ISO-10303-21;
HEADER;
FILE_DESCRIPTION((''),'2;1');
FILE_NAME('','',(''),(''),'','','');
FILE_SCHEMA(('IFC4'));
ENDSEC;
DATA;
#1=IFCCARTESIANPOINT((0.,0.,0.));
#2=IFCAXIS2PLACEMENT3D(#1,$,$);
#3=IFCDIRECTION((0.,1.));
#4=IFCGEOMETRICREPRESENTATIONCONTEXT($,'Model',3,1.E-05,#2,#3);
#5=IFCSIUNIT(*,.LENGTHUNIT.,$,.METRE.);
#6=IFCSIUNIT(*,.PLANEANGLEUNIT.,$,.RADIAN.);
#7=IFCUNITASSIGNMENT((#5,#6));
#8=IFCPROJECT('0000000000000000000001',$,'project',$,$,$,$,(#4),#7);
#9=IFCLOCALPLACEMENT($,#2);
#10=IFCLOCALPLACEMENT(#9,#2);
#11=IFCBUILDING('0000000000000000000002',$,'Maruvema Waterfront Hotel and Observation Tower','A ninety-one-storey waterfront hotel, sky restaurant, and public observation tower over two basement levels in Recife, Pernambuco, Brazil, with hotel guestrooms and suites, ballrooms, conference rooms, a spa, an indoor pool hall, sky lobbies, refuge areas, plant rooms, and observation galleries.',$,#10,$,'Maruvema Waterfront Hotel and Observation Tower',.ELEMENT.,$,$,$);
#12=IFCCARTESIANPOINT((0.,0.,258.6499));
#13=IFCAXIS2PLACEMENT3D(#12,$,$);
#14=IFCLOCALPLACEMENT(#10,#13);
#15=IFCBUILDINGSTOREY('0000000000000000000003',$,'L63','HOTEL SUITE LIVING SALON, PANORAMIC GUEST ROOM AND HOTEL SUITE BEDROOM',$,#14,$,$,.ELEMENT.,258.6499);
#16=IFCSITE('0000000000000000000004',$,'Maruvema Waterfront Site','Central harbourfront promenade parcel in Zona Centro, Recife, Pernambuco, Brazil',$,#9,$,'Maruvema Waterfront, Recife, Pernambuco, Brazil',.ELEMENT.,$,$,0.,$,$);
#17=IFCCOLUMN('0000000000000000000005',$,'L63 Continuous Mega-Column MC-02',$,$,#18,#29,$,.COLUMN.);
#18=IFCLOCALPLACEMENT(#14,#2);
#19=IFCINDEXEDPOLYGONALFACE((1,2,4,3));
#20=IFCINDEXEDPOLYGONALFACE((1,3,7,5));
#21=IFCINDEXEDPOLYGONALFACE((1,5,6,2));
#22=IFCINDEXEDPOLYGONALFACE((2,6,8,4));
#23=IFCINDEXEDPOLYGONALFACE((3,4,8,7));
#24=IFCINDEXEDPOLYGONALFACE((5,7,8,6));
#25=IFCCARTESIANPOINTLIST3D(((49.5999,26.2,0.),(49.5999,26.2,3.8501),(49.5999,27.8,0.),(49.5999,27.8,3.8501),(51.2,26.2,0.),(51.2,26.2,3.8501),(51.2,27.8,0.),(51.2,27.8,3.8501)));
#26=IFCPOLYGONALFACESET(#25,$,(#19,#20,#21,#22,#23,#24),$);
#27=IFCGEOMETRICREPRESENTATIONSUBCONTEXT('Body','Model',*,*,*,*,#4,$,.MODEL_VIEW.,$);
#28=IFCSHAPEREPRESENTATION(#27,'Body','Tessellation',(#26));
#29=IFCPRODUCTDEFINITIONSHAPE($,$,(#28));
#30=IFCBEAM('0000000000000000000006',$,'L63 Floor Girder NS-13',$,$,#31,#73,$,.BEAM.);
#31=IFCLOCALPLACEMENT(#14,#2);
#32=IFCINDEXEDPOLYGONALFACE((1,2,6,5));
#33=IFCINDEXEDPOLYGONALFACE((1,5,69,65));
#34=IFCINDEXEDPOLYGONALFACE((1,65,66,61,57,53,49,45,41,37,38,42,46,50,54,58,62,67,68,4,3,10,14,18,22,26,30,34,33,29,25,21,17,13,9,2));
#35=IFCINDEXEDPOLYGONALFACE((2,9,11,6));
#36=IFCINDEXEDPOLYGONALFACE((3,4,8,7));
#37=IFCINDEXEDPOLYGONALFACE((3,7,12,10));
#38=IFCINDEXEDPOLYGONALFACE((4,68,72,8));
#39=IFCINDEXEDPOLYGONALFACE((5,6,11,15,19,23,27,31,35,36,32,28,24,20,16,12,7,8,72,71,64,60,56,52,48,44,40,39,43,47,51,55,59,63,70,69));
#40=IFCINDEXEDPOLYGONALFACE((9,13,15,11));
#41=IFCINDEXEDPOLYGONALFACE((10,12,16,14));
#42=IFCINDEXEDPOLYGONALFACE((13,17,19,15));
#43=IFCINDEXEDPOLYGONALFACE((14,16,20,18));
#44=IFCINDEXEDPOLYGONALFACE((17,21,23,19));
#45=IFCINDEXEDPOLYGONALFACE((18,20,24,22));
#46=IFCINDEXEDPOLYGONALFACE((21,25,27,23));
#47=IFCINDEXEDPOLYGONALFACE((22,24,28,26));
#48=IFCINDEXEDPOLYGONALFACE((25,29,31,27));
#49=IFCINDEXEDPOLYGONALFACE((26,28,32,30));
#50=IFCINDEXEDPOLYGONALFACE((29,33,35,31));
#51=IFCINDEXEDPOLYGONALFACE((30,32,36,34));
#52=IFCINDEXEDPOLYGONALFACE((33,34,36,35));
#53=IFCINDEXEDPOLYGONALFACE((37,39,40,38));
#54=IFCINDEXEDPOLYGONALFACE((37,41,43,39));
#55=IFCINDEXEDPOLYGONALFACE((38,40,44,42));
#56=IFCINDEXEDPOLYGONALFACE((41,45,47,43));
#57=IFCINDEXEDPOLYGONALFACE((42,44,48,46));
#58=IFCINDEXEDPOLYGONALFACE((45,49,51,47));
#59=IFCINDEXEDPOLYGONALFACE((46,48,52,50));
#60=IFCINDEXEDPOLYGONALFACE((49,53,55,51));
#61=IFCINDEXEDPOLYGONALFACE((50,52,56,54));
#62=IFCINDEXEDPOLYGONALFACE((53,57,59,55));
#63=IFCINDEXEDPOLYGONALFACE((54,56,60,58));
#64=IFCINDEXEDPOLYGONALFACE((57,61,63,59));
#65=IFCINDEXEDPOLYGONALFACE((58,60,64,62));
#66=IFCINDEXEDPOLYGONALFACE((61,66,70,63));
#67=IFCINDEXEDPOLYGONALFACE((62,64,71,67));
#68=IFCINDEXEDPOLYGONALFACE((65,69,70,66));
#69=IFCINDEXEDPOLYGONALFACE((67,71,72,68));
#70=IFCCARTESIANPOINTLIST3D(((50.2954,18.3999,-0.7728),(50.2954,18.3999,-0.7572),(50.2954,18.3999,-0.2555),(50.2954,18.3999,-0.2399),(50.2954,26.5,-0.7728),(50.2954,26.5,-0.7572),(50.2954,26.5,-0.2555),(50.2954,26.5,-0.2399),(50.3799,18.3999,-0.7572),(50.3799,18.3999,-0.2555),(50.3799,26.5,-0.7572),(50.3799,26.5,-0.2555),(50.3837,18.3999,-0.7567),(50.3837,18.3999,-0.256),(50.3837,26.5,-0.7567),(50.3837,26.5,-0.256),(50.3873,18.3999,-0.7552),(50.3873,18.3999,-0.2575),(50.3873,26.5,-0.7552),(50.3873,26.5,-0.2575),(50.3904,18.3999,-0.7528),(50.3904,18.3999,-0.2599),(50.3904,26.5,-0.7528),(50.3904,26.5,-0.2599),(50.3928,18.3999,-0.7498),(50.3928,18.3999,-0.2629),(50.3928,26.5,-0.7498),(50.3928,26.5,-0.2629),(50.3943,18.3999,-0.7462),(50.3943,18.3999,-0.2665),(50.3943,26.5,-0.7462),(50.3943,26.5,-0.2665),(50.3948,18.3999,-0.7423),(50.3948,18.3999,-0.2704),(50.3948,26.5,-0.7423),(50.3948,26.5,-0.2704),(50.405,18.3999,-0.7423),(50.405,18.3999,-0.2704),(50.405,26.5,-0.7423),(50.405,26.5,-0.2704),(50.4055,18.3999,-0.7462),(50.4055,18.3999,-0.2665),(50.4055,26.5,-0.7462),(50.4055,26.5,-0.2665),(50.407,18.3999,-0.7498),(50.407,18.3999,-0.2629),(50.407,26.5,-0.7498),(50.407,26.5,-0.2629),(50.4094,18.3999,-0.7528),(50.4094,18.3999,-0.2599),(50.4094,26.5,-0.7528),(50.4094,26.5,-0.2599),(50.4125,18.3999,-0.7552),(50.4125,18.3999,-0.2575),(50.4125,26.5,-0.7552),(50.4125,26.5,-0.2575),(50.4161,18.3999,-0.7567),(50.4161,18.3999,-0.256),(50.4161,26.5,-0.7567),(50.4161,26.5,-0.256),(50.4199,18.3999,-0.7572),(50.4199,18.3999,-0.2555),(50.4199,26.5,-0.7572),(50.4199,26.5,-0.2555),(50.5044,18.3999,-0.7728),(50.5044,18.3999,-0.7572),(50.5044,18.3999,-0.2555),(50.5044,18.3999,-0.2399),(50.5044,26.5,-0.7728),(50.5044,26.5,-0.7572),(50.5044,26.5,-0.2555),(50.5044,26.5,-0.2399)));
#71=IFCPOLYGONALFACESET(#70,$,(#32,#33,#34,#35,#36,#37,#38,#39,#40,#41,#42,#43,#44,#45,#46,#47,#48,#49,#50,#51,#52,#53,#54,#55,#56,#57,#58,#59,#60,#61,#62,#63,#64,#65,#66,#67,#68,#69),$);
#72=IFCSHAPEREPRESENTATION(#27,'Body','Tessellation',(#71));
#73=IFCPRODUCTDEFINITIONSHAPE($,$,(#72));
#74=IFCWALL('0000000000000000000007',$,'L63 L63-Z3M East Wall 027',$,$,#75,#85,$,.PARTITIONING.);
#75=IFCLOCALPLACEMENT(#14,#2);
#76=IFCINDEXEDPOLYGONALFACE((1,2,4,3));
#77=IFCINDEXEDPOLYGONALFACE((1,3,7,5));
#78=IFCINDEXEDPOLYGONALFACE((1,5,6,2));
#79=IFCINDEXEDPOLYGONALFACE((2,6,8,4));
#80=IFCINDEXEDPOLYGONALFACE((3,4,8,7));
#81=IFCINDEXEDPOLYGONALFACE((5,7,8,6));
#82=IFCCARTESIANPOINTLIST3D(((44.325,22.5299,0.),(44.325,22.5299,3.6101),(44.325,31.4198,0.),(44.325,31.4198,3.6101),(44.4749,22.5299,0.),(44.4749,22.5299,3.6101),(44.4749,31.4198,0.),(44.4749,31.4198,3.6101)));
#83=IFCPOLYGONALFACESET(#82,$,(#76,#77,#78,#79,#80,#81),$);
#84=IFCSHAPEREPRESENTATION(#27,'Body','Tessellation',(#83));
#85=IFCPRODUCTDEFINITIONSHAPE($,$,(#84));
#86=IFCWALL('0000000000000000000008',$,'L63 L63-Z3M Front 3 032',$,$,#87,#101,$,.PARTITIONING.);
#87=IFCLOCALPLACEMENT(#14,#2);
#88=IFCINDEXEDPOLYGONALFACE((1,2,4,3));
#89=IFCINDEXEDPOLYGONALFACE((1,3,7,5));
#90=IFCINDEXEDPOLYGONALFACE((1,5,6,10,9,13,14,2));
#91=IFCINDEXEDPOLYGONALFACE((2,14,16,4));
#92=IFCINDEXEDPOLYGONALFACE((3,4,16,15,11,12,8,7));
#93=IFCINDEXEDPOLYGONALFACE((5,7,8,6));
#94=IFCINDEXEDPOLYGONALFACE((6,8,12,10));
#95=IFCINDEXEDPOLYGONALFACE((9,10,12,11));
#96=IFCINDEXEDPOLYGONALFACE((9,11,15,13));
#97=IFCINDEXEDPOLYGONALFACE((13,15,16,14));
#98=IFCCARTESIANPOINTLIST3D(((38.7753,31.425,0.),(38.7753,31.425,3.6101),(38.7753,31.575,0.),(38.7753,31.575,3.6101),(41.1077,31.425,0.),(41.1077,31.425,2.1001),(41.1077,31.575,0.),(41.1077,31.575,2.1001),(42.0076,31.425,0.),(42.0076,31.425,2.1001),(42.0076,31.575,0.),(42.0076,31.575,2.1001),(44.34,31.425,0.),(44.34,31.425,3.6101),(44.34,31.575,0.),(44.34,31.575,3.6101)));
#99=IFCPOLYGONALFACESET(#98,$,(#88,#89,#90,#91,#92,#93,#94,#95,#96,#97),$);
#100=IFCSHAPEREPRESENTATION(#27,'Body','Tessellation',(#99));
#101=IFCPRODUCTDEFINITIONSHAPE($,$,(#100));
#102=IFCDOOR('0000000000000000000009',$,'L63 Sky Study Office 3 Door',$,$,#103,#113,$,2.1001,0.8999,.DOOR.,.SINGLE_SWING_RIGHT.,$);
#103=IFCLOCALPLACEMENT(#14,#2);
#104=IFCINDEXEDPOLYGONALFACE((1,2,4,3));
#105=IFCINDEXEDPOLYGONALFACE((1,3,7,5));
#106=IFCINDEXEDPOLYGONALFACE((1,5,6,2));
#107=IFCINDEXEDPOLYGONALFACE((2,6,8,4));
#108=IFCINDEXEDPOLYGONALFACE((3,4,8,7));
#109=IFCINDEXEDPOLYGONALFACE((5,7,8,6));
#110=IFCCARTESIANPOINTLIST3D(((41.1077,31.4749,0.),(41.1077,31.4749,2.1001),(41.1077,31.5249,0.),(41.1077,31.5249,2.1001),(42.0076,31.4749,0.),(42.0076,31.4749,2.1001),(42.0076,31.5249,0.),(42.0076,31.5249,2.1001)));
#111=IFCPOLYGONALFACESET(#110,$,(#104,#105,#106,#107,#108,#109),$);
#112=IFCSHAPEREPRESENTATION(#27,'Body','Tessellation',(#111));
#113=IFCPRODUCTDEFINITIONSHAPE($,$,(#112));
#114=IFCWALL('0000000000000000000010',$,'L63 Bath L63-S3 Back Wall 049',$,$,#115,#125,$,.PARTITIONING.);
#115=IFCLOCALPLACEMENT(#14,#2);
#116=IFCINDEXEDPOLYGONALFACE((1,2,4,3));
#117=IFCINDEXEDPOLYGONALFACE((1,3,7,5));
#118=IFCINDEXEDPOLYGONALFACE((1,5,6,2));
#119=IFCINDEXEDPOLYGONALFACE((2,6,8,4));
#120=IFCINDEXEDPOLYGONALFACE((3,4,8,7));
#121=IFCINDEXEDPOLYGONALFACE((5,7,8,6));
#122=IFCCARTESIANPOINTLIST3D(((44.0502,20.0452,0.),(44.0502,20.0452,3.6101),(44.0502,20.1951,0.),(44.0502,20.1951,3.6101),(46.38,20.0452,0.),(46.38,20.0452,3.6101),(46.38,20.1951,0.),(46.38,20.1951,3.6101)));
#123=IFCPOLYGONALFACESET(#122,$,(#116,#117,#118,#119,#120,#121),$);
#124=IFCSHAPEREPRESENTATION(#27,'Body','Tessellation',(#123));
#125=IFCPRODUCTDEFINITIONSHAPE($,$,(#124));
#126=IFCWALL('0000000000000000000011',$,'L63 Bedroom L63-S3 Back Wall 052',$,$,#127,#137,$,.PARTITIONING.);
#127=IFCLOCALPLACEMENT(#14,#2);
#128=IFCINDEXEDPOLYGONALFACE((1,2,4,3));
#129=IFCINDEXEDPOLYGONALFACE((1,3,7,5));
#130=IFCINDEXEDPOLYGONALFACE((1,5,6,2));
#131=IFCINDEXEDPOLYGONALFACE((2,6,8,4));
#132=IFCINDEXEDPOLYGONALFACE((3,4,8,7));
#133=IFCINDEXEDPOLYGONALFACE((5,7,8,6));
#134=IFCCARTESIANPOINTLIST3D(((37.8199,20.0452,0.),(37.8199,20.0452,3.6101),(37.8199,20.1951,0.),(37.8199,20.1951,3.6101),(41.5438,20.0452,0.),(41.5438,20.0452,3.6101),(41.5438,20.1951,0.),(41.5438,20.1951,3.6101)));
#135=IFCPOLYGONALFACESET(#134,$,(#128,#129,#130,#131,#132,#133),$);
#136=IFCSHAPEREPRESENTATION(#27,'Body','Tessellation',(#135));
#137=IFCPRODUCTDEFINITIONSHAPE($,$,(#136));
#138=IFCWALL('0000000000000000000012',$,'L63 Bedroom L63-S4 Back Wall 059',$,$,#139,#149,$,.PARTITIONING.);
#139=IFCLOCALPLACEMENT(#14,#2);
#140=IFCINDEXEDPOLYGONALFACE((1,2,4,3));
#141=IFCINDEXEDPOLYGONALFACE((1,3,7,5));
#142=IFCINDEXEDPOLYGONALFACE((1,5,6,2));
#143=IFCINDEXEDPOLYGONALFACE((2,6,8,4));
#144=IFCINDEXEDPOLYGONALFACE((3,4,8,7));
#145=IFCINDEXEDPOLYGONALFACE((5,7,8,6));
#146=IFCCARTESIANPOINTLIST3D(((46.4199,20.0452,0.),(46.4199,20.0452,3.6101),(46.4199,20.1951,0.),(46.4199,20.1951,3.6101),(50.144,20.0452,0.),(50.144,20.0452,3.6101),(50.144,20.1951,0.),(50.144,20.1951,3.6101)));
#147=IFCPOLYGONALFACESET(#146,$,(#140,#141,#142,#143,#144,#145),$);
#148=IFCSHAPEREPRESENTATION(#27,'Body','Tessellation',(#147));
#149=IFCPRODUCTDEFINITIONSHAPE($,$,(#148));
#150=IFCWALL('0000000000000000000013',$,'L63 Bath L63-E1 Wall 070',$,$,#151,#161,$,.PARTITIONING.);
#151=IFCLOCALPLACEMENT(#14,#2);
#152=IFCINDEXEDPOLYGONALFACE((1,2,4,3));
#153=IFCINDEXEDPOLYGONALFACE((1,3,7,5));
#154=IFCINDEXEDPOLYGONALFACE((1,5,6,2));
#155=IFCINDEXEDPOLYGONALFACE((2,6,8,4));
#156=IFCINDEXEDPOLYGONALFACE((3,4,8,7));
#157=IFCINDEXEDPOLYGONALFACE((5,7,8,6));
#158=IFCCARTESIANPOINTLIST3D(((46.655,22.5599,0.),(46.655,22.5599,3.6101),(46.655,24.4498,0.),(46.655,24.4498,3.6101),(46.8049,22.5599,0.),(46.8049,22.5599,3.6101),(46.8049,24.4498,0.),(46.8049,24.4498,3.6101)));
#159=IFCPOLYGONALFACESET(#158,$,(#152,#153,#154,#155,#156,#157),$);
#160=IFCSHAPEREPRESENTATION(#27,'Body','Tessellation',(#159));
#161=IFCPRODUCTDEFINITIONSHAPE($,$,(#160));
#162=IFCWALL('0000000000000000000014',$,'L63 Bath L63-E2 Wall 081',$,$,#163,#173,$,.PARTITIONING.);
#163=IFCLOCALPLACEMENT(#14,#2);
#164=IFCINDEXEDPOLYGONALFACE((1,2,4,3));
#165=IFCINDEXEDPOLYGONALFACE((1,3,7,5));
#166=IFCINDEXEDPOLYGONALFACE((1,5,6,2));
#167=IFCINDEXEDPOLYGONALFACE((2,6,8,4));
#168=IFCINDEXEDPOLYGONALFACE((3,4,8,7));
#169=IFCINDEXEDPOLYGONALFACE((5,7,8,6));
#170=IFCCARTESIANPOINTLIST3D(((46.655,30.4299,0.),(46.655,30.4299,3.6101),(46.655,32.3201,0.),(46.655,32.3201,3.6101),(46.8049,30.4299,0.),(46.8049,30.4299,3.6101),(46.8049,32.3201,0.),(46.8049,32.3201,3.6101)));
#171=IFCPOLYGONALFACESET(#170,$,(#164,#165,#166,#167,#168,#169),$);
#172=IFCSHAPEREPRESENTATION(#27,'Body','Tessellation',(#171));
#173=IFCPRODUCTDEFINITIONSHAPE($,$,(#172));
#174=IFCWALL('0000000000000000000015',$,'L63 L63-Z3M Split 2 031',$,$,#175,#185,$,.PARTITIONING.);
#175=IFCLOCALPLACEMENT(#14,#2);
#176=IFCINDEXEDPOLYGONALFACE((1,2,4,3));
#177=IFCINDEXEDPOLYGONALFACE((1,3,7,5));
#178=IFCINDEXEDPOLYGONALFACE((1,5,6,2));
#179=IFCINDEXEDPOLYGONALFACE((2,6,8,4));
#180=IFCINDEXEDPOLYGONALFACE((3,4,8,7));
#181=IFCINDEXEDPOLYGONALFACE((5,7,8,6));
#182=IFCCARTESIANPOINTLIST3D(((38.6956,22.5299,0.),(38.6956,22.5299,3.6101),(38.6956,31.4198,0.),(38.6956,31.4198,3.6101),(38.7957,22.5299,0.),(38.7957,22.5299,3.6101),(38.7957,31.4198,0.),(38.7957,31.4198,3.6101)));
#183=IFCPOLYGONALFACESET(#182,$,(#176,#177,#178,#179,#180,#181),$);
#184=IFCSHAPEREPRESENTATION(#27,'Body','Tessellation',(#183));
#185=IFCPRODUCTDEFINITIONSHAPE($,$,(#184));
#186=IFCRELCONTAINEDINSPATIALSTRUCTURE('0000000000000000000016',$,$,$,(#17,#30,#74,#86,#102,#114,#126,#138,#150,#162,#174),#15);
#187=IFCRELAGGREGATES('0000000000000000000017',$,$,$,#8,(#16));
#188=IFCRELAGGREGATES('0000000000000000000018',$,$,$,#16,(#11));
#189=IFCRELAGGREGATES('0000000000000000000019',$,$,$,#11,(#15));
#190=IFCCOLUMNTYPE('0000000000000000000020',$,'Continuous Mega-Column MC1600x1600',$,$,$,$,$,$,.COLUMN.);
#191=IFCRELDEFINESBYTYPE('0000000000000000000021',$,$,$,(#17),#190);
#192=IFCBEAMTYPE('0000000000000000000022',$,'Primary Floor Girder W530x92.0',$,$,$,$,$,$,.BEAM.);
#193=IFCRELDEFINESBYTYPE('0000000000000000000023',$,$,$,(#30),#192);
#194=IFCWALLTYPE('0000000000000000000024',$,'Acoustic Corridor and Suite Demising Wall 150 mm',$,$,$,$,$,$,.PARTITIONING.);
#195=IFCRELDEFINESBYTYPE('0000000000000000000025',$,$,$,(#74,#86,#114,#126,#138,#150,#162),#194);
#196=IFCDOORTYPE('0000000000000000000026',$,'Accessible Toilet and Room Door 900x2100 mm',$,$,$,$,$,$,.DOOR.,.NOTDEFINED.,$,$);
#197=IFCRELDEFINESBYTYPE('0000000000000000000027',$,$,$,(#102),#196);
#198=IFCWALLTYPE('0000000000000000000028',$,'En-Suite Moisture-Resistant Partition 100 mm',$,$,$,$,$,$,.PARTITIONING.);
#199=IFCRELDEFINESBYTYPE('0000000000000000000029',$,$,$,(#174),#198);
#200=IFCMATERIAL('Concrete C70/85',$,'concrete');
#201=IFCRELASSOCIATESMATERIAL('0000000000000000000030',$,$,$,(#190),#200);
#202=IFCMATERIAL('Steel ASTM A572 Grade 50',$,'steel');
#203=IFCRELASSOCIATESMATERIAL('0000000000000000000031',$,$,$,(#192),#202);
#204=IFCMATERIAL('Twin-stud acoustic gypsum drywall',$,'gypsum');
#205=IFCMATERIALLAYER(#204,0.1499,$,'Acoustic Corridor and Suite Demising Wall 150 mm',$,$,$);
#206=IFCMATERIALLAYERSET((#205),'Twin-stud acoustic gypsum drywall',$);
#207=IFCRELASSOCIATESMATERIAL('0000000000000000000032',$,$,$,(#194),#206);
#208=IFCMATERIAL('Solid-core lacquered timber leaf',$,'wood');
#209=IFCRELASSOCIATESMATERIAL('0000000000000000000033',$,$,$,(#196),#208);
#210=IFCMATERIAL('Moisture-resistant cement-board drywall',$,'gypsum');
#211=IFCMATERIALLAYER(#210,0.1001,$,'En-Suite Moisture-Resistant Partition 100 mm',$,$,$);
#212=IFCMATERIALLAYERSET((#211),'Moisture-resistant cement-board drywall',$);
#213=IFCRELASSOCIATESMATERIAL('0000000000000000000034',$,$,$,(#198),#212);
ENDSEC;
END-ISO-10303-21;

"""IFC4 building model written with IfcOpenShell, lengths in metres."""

from ifc_helpers import new_model, si_unit, direction, frame, frame_2d, origin, origin_2d, place, context, subcontext, project, spatial, rectangle, i_section, extrude, material, layer, layer_set, material_profile, profile_set, type_object, element, fill, save


model = new_model("IFC4")

# Units and contexts
model_context = context("Model", 3, precision=1e-05, world=origin(), true_north=direction((0.0, 1.0)))
body_context = subcontext(model_context, "Body", "Model", "MODEL_VIEW")
ifc_project = project(units=[si_unit("LENGTHUNIT", "METRE"), si_unit("PLANEANGLEUNIT", "RADIAN")], contexts=[model_context])

# Site, building, storey
site_placement = place(None, origin())
site = spatial("IfcSite", under=ifc_project, at=site_placement, Name="Maruvema Waterfront Site", Description="Central harbourfront promenade parcel in Zona Centro, Recife, Pernambuco, Brazil", LongName="Maruvema Waterfront, Recife, Pernambuco, Brazil", CompositionType="ELEMENT", RefElevation=0.0)
building_placement = place(site_placement, origin())
building = spatial("IfcBuilding", under=site, at=building_placement, Name="Maruvema Waterfront Hotel and Observation Tower", Description="A ninety-one-storey waterfront hotel, sky restaurant, and public observation tower over two basement levels in Recife, Pernambuco, Brazil, with hotel guestrooms and suites, ballrooms, conference rooms, a spa, an indoor pool hall, sky lobbies, refuge areas, plant rooms, and observation galleries.", LongName="Maruvema Waterfront Hotel and Observation Tower", CompositionType="ELEMENT")
storey_placement = place(building_placement, frame((0.0, 0.0, 258.6499)))
storey = spatial("IfcBuildingStorey", under=building, at=storey_placement, Name="L63", Description="HOTEL SUITE LIVING SALON, PANORAMIC GUEST ROOM AND HOTEL SUITE BEDROOM", CompositionType="ELEMENT", Elevation=258.6499)

# Column
ifc_material_1 = material(Name="Concrete C70/85", Category="concrete")
ifc_material_profile_1 = material_profile(ifc_material_1, rectangle(XDim=1.6001, YDim=1.6001, at=origin_2d()), Name="MC1600x1600")
ifc_profile_set_1 = profile_set([ifc_material_profile_1], Name="Concrete C70/85")
column_type = type_object("IfcColumnType", Name="Continuous Mega-Column MC1600x1600", PredefinedType="COLUMN", material=ifc_profile_set_1)
column_placement = place(storey_placement, frame((50.3999, 27.0, 0.0), z_axis=(0.0, 0.0, 1.0), x_axis=(1.0, 0.0, 0.0)))
element("IfcColumn", 1, at=column_placement, inside=storey, type_object=column_type, Name="L63 Continuous Mega-Column MC-02", PredefinedType="COLUMN", context=body_context, shape_type="SweptSolid", body=[
    extrude(rectangle(XDim=1.6001, YDim=1.6001, at=origin_2d()), origin(), (0.0, 0.0, 1.0), 3.8501),
])

# Beam
ifc_material_2 = material(Name="Steel ASTM A572 Grade 50", Category="steel")
ifc_material_profile_2 = material_profile(ifc_material_2, i_section(OverallWidth=0.209, OverallDepth=0.533, WebThickness=0.0103, FlangeThickness=0.0156, FilletRadius=0.0149, at=origin_2d()), Name="W530x92.0")
ifc_profile_set_2 = profile_set([ifc_material_profile_2], Name="Steel ASTM A572 Grade 50")
beam_type = type_object("IfcBeamType", Name="Primary Floor Girder W530x92.0", PredefinedType="BEAM", material=ifc_profile_set_2)
beam_placement = place(storey_placement, frame((50.3999, 18.3999, -0.5063), z_axis=(0.0, 1.0, 0.0), x_axis=(-1.0, 0.0, 0.0)))
element("IfcBeam", 2, at=beam_placement, inside=storey, type_object=beam_type, Name="L63 Floor Girder NS-13", PredefinedType="BEAM", context=body_context, shape_type="SweptSolid", body=[
    extrude(i_section(OverallWidth=0.209, OverallDepth=0.533, WebThickness=0.0103, FlangeThickness=0.0156, FilletRadius=0.0149, at=origin_2d()), origin(), (0.0, 0.0, 1.0), 8.1001),
])

# Wall
ifc_material_3 = material(Name="Twin-stud acoustic gypsum drywall", Category="gypsum")
ifc_layer_1 = layer(ifc_material_3, 0.1499, Name="Acoustic Corridor and Suite Demising Wall 150 mm")
ifc_layer_set_1 = layer_set([ifc_layer_1], Name="Twin-stud acoustic gypsum drywall")
wall_type_1 = type_object("IfcWallType", Name="Acoustic Corridor and Suite Demising Wall 150 mm", PredefinedType="PARTITIONING", material=ifc_layer_set_1)
wall_1_placement = place(storey_placement, frame((44.3999, 22.53, 0.0), z_axis=(0.0, 0.0, 1.0), x_axis=(0.0, 1.0, 0.0)))
element("IfcWall", 3, at=wall_1_placement, inside=storey, type_object=wall_type_1, Name="L63 L63-Z3M East Wall 027", PredefinedType="PARTITIONING", context=body_context, shape_type="SweptSolid", body=[
    extrude(rectangle(XDim=8.8899, YDim=0.1499, at=frame_2d((4.4448, 0.0))), origin(), (0.0, 0.0, 1.0), 3.6101),
])

# Wall, opening, door
wall_2_placement = place(storey_placement, frame((38.7754, 31.5, 0.0), z_axis=(0.0, 0.0, 1.0), x_axis=(1.0, 0.0, 0.0)))
wall_2 = element("IfcWall", 4, at=wall_2_placement, inside=storey, type_object=wall_type_1, Name="L63 L63-Z3M Front 3 032", PredefinedType="PARTITIONING", context=body_context, shape_type="SweptSolid", body=[
    extrude(rectangle(XDim=5.5647, YDim=0.1499, at=frame_2d((2.7822, 0.0))), origin(), (0.0, 0.0, 1.0), 3.6101),
])
opening_1_placement = place(wall_2_placement, frame((2.3323, 0.0, 0.0)))
opening_1 = element("IfcOpeningElement", 5, at=opening_1_placement, cuts=wall_2, PredefinedType="OPENING", context=body_context, shape_type="SweptSolid", body=[
    extrude(rectangle(XDim=0.8999, YDim=2.1001, at=frame_2d((0.45, 1.05))), frame((0.0, 0.085, 0.0), z_axis=(0.0, -1.0, 0.0), x_axis=(1.0, 0.0, 0.0)), (0.0, 0.0, 1.0), 0.1699),
])
ifc_material_4 = material(Name="Solid-core lacquered timber leaf", Category="wood")
door_type_1 = type_object("IfcDoorType", Name="Accessible Toilet and Room Door 900x2100 mm", OperationType="NOTDEFINED", PredefinedType="DOOR", material=ifc_material_4)
door_1_placement = place(opening_1_placement, origin())
door_1 = element("IfcDoor", 6, at=door_1_placement, inside=storey, type_object=door_type_1, Name="L63 Sky Study Office 3 Door", OperationType="SINGLE_SWING_RIGHT", OverallHeight=2.1001, OverallWidth=0.8999, PredefinedType="DOOR", context=body_context, shape_type="SweptSolid", body=[
    extrude(rectangle(XDim=0.8999, YDim=2.1001, at=frame_2d((0.45, 1.05))), frame((0.0, 0.0249, 0.0), z_axis=(0.0, -1.0, 0.0), x_axis=(1.0, 0.0, 0.0)), (0.0, 0.0, 1.0), 0.05),
])
fill(opening_1, door_1)

# Walls
wall_3_placement = place(storey_placement, frame((44.05, 20.1201, 0.0), z_axis=(0.0, 0.0, 1.0), x_axis=(1.0, 0.0, 0.0)))
element("IfcWall", 7, at=wall_3_placement, inside=storey, type_object=wall_type_1, Name="L63 Bath L63-S3 Back Wall 049", PredefinedType="PARTITIONING", context=body_context, shape_type="SweptSolid", body=[
    extrude(rectangle(XDim=2.3298, YDim=0.1499, at=frame_2d((1.165, 0.0))), origin(), (0.0, 0.0, 1.0), 3.6101),
])
wall_4_placement = place(storey_placement, frame((37.8201, 20.1201, 0.0), z_axis=(0.0, 0.0, 1.0), x_axis=(1.0, 0.0, 0.0)))
element("IfcWall", 8, at=wall_4_placement, inside=storey, type_object=wall_type_1, Name="L63 Bedroom L63-S3 Back Wall 052", PredefinedType="PARTITIONING", context=body_context, shape_type="SweptSolid", body=[
    extrude(rectangle(XDim=3.7239, YDim=0.1499, at=frame_2d((1.8618, 0.0))), origin(), (0.0, 0.0, 1.0), 3.6101),
])

# Wall
wall_5_placement = place(storey_placement, frame((46.4199, 20.1201, 0.0), z_axis=(0.0, 0.0, 1.0), x_axis=(1.0, 0.0, 0.0)))
element("IfcWall", 9, at=wall_5_placement, inside=storey, type_object=wall_type_1, Name="L63 Bedroom L63-S4 Back Wall 059", PredefinedType="PARTITIONING", context=body_context, shape_type="SweptSolid", body=[
    extrude(rectangle(XDim=3.7241, YDim=0.1499, at=frame_2d((1.8621, 0.0))), origin(), (0.0, 0.0, 1.0), 3.6101),
])

# Wall
wall_6_placement = place(storey_placement, frame((46.73, 22.5601, 0.0), z_axis=(0.0, 0.0, 1.0), x_axis=(0.0, 1.0, 0.0)))
element("IfcWall", 10, at=wall_6_placement, inside=storey, type_object=wall_type_1, Name="L63 Bath L63-E1 Wall 070", PredefinedType="PARTITIONING", context=body_context, shape_type="SweptSolid", body=[
    extrude(rectangle(XDim=1.8899, YDim=0.1499, at=frame_2d((0.9448, 0.0))), origin(), (0.0, 0.0, 1.0), 3.6101),
])

# Walls
wall_7_placement = place(storey_placement, frame((46.73, 30.4299, 0.0), z_axis=(0.0, 0.0, 1.0), x_axis=(0.0, 1.0, 0.0)))
element("IfcWall", 11, at=wall_7_placement, inside=storey, type_object=wall_type_1, Name="L63 Bath L63-E2 Wall 081", PredefinedType="PARTITIONING", context=body_context, shape_type="SweptSolid", body=[
    extrude(rectangle(XDim=1.8901, YDim=0.1499, at=frame_2d((0.9451, 0.0))), origin(), (0.0, 0.0, 1.0), 3.6101),
])
ifc_material_5 = material(Name="Moisture-resistant cement-board drywall", Category="gypsum")
ifc_layer_2 = layer(ifc_material_5, 0.1001, Name="En-Suite Moisture-Resistant Partition 100 mm")
ifc_layer_set_2 = layer_set([ifc_layer_2], Name="Moisture-resistant cement-board drywall")
wall_type_2 = type_object("IfcWallType", Name="En-Suite Moisture-Resistant Partition 100 mm", PredefinedType="PARTITIONING", material=ifc_layer_set_2)
wall_8_placement = place(storey_placement, frame((38.7456, 22.53, 0.0), z_axis=(0.0, 0.0, 1.0), x_axis=(0.0, 1.0, 0.0)))
element("IfcWall", 12, at=wall_8_placement, inside=storey, type_object=wall_type_2, Name="L63 L63-Z3M Split 2 031", PredefinedType="PARTITIONING", context=body_context, shape_type="SweptSolid", body=[
    extrude(rectangle(XDim=8.8899, YDim=0.1001, at=frame_2d((4.4448, 0.0))), origin(), (0.0, 0.0, 1.0), 3.6101),
])

save(model, "model.ifc")
